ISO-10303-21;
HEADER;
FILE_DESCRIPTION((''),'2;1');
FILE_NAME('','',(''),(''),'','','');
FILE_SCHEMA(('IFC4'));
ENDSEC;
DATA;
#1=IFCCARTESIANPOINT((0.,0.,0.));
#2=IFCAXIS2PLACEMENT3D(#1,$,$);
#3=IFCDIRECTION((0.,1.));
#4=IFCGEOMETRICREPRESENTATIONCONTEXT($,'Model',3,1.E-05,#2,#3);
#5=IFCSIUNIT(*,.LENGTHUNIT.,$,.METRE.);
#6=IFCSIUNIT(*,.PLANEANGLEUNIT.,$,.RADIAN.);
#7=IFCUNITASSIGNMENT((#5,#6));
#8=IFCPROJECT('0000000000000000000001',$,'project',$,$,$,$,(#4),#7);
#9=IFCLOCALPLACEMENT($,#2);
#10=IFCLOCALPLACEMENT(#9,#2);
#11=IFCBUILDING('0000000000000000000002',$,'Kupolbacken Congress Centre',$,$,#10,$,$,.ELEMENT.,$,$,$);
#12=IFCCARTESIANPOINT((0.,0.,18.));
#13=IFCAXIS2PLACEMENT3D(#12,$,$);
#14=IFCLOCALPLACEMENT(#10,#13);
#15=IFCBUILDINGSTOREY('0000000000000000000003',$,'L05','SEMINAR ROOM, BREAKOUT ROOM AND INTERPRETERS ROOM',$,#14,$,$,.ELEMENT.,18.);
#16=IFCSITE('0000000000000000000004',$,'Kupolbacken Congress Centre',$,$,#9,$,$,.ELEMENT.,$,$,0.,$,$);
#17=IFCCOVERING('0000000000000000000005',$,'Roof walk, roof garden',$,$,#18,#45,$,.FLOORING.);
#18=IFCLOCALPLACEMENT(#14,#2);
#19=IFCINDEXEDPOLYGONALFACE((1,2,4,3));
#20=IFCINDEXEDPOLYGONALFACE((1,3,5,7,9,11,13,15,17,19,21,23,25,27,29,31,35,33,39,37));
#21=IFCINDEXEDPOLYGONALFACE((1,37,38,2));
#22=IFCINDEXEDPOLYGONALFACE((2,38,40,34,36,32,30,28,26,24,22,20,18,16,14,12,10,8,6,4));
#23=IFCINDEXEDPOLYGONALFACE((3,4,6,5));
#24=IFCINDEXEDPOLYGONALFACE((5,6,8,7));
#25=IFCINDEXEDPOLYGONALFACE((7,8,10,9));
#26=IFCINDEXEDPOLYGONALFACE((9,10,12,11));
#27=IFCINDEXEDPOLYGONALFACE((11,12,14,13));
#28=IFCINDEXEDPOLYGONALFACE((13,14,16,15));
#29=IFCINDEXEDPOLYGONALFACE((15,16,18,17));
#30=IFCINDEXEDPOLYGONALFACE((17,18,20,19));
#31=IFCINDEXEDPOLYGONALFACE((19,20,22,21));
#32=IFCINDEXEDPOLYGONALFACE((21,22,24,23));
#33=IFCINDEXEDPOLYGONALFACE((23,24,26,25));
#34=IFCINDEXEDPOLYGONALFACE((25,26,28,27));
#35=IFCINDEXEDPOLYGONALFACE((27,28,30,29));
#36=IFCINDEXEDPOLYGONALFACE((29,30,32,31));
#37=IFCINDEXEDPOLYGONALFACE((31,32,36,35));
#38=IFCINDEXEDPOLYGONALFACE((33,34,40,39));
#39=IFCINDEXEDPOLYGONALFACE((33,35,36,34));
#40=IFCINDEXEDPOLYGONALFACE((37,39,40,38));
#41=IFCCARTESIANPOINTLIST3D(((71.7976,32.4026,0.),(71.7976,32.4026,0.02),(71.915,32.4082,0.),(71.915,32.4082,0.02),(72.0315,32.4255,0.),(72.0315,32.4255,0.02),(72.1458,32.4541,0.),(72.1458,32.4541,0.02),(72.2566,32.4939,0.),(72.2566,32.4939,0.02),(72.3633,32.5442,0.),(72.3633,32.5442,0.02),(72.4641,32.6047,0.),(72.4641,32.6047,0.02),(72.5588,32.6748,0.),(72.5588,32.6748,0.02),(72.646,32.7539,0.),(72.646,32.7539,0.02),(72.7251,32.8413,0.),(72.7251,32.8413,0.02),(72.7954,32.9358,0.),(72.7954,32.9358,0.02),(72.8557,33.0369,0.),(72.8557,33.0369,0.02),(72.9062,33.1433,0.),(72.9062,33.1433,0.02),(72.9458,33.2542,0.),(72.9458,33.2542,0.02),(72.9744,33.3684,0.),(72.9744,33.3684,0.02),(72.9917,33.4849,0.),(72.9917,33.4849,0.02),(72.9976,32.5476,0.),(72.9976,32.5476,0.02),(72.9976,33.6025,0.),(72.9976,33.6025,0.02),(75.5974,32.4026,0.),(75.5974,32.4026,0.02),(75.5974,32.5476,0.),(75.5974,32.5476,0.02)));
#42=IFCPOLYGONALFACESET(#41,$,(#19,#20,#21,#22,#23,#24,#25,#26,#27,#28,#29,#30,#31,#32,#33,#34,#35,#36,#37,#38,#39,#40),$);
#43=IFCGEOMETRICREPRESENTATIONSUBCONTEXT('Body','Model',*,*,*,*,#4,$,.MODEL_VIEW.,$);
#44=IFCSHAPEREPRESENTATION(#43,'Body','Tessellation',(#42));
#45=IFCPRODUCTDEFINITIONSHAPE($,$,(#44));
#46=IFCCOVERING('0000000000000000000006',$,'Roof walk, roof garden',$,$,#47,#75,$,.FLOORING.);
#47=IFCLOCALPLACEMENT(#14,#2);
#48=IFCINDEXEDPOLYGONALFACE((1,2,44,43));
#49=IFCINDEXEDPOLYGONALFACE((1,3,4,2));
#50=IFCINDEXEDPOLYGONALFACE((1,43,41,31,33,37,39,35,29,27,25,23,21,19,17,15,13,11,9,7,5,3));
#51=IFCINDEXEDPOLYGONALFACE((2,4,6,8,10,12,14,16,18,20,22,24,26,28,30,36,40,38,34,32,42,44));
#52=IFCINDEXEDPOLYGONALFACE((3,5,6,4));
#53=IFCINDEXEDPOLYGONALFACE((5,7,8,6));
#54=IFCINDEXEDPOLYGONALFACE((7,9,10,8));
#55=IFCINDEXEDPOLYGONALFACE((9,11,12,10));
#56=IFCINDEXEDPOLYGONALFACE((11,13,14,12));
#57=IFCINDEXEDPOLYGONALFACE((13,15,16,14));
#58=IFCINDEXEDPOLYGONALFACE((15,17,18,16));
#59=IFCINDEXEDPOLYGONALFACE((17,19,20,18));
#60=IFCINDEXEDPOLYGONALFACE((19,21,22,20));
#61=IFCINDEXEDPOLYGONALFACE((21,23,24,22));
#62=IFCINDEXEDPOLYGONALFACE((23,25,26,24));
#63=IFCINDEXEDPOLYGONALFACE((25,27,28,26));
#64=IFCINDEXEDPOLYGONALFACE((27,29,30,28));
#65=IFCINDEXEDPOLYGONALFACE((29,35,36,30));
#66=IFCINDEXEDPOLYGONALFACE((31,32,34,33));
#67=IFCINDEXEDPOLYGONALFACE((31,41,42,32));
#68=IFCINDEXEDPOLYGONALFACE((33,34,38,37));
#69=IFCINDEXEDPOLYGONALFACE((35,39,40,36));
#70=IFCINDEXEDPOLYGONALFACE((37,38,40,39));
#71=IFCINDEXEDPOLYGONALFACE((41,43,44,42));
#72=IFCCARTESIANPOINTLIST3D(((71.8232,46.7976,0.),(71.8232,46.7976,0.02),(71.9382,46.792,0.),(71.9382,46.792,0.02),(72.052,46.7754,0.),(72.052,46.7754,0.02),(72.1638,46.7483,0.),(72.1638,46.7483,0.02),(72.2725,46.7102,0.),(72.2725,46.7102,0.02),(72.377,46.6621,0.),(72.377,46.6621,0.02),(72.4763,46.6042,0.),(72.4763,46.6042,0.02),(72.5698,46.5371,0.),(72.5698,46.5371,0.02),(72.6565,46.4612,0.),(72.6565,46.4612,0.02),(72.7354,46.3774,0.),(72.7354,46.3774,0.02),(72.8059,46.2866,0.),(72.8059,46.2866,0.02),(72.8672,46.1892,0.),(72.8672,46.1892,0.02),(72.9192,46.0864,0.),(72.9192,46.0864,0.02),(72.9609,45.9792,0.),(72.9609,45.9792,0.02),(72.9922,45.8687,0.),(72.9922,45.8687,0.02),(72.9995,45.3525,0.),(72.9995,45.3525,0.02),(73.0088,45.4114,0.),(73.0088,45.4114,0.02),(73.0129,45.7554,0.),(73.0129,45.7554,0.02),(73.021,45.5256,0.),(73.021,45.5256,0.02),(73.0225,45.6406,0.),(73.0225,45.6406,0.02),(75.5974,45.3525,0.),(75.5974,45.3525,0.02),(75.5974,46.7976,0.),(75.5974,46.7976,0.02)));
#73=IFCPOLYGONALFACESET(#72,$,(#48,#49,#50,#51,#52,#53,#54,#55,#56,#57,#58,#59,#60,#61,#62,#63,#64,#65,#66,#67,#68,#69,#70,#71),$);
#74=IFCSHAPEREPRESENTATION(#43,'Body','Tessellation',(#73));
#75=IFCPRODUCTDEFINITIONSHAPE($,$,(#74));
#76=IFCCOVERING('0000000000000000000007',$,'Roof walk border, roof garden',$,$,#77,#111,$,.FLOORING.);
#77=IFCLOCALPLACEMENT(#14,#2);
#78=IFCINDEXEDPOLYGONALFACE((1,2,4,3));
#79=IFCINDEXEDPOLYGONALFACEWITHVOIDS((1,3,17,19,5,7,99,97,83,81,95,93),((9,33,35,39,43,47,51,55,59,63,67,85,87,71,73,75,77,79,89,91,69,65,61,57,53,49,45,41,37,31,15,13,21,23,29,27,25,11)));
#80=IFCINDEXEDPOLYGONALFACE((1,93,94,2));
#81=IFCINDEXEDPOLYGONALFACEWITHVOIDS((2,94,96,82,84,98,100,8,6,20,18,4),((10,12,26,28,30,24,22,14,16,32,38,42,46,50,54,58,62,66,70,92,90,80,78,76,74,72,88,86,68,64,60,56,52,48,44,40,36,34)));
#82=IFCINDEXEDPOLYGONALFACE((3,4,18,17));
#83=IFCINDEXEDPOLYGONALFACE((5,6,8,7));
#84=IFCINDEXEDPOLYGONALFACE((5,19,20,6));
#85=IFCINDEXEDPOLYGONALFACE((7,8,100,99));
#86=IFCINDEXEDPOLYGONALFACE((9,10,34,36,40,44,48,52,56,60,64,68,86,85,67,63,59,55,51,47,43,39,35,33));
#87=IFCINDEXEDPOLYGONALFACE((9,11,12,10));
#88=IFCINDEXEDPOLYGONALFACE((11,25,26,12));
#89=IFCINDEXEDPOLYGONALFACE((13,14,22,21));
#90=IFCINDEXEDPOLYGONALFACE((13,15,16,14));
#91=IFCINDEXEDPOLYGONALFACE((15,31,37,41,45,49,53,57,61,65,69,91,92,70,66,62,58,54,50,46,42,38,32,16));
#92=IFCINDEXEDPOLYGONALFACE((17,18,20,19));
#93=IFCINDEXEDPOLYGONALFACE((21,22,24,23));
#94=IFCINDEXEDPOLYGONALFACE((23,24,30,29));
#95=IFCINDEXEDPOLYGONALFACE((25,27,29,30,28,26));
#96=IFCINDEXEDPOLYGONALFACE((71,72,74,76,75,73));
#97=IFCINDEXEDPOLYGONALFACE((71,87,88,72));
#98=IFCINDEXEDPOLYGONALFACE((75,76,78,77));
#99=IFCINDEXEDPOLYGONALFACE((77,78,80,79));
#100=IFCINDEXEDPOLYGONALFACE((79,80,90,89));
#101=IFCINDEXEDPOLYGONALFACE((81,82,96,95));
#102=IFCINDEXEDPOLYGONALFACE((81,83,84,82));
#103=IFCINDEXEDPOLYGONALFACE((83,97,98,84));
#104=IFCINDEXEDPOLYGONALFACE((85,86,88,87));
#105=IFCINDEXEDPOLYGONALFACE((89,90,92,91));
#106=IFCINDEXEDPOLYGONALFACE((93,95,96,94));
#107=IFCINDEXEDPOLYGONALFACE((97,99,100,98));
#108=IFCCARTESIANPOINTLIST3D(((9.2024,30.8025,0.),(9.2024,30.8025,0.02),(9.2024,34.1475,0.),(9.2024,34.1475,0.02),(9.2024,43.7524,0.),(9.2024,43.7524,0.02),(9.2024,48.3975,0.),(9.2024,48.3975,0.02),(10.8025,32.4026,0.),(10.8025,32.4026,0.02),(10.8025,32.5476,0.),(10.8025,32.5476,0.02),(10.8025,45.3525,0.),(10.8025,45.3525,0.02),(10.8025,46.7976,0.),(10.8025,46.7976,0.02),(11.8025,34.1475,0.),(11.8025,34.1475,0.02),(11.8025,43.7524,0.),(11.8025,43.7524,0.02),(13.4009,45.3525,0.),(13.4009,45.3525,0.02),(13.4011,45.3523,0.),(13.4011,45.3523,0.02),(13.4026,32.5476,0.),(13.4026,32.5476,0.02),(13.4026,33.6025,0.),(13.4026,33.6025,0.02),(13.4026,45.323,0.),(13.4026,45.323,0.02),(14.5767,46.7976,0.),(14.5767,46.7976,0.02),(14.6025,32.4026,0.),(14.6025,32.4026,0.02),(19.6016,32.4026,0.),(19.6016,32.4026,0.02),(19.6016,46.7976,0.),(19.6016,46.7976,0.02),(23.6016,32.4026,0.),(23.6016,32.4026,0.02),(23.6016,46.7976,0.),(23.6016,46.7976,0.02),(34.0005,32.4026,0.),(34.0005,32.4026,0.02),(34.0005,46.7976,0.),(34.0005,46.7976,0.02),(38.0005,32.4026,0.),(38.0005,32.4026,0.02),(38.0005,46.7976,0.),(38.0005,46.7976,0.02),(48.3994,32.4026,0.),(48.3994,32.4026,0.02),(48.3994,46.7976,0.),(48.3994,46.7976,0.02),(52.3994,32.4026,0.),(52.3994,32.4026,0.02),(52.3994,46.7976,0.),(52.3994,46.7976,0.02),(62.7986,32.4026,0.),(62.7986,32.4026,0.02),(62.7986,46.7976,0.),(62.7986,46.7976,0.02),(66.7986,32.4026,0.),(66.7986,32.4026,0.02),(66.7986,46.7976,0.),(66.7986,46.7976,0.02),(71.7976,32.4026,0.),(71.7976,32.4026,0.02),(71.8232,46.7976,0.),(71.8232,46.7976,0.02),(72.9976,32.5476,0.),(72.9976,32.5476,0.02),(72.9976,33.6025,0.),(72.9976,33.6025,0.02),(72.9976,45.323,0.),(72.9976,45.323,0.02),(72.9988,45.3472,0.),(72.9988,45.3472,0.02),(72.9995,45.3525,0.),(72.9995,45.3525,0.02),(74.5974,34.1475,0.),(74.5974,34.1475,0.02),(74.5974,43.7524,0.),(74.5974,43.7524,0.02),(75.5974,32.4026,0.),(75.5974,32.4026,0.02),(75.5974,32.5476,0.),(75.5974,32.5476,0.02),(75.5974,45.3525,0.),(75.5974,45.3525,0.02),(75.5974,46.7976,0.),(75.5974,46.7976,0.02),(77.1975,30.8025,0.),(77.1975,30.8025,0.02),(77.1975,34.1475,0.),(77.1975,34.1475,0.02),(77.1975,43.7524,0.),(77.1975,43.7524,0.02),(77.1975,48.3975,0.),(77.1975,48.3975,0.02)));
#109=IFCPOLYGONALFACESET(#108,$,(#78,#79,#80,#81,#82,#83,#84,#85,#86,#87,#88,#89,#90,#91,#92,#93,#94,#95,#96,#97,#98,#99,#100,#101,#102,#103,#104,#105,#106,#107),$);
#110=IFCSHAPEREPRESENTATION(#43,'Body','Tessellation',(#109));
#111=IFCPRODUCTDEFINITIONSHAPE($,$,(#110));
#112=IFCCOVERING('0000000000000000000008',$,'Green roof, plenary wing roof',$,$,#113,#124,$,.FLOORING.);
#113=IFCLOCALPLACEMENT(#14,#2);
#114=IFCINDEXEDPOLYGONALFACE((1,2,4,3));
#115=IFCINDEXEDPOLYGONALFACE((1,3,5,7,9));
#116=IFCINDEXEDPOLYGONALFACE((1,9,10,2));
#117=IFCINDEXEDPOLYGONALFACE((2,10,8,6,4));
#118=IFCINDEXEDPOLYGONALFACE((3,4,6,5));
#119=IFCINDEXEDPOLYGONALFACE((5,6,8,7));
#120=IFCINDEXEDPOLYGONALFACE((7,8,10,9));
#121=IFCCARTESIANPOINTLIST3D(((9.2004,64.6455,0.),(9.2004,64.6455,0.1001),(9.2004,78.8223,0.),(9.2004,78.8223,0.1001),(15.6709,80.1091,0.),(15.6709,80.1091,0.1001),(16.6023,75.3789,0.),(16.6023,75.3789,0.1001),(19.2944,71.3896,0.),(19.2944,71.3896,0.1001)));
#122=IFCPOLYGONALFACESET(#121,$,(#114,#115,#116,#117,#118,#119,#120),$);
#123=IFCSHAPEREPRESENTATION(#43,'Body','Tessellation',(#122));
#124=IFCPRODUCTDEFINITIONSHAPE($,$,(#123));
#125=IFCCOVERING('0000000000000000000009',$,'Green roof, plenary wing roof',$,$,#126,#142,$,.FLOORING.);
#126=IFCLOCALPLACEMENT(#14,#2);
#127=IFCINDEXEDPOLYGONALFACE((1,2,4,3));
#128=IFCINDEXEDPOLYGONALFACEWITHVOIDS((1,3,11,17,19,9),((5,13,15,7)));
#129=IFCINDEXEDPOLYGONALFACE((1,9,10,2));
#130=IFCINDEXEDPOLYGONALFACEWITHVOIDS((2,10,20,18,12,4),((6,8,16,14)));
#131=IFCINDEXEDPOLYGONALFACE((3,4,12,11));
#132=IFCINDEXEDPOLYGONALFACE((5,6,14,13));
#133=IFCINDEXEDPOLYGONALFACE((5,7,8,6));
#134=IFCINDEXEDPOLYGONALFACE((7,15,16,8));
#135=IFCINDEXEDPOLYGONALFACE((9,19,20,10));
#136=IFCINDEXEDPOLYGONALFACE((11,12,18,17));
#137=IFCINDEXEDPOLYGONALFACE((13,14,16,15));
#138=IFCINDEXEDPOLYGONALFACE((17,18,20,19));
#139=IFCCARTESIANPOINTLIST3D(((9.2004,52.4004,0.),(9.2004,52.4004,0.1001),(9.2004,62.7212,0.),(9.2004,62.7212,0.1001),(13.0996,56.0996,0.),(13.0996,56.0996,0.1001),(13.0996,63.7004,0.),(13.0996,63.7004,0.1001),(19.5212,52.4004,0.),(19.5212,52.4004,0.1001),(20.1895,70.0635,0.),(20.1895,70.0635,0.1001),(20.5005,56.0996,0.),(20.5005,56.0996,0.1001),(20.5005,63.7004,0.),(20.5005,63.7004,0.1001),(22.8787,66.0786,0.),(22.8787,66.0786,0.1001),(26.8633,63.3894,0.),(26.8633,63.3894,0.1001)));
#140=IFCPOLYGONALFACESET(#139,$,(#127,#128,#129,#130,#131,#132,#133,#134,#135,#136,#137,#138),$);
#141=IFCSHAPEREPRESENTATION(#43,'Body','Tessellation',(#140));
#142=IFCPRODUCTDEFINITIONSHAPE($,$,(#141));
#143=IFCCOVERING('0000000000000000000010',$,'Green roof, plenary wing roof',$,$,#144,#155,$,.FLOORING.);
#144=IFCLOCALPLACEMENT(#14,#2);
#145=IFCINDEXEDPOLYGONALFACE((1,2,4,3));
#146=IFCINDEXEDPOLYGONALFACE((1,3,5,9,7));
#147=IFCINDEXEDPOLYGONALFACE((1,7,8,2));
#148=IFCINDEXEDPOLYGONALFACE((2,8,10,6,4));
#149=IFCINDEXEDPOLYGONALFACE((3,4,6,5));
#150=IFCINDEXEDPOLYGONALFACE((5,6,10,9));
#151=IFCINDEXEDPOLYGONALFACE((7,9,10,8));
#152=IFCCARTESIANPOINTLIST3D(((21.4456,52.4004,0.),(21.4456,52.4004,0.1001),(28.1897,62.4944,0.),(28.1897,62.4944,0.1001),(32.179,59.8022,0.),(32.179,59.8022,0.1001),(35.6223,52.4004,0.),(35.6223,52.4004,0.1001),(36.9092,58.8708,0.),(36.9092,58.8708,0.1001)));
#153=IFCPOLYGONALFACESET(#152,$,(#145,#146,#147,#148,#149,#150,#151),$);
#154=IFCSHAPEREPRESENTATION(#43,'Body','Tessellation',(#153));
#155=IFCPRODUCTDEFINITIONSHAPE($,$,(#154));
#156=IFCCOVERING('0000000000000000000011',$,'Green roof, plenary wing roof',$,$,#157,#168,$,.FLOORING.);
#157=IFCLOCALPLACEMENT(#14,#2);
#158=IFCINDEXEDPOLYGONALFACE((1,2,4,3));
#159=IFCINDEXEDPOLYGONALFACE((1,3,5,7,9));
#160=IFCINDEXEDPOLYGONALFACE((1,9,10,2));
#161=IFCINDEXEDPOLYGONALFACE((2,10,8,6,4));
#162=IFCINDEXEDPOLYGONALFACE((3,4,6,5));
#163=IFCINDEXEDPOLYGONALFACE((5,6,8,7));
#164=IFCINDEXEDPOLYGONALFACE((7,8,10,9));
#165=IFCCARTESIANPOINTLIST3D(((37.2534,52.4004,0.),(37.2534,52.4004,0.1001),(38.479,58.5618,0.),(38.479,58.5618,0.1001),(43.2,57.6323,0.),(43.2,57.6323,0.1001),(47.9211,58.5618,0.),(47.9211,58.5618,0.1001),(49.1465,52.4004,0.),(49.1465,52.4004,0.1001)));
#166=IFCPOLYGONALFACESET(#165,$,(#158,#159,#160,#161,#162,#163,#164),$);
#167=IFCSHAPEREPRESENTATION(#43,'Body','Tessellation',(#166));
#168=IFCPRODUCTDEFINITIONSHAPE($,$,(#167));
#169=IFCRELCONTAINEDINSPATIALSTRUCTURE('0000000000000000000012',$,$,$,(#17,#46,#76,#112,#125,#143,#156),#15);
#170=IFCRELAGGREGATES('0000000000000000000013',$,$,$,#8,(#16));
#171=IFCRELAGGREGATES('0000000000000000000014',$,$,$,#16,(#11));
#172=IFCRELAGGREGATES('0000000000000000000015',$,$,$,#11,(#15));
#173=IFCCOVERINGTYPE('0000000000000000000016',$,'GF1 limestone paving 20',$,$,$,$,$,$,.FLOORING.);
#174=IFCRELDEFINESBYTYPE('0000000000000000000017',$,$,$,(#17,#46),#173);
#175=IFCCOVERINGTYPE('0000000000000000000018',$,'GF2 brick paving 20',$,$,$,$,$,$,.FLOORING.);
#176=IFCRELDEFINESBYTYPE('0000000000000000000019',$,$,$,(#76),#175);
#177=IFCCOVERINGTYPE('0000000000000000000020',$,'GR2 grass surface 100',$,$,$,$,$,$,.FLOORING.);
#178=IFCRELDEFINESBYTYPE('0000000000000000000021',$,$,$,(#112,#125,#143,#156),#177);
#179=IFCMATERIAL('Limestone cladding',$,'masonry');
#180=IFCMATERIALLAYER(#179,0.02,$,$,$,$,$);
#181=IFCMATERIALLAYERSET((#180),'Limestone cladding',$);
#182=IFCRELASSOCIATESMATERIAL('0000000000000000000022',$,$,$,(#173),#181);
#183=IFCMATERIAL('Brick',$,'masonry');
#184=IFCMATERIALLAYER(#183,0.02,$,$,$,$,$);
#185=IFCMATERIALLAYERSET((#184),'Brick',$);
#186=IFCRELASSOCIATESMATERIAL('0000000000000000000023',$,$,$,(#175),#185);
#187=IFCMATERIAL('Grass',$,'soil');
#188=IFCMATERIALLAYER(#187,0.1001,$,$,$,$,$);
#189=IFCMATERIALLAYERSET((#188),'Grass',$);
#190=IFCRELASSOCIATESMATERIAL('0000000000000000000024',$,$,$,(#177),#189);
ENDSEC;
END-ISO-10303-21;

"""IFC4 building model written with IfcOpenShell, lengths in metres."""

from ifc_helpers import new_model, si_unit, direction, frame, origin, place, context, subcontext, project, spatial, polyline, outline, extrude, material, layer, layer_set, type_object, element, save


model = new_model("IFC4")

# Units and contexts
model_context = context("Model", 3, precision=1e-05, world=origin(), true_north=direction((0.0, 1.0)))
body_context = subcontext(model_context, "Body", "Model", "MODEL_VIEW")
ifc_project = project(units=[si_unit("LENGTHUNIT", "METRE"), si_unit("PLANEANGLEUNIT", "RADIAN")], contexts=[model_context])

# Site, building, storey
site_placement = place(None, origin())
site = spatial("IfcSite", under=ifc_project, at=site_placement, Name="Kupolbacken Congress Centre", CompositionType="ELEMENT", RefElevation=0.0)
building_placement = place(site_placement, origin())
building = spatial("IfcBuilding", under=site, at=building_placement, Name="Kupolbacken Congress Centre", CompositionType="ELEMENT")
storey_placement = place(building_placement, frame((0.0, 0.0, 18.0)))
storey = spatial("IfcBuildingStorey", under=building, at=storey_placement, Name="L05", Description="SEMINAR ROOM, BREAKOUT ROOM AND INTERPRETERS ROOM", CompositionType="ELEMENT", Elevation=18.0)

# Coverings
ifc_material_1 = material(Name="Limestone cladding", Category="masonry")
ifc_layer_1 = layer(ifc_material_1, 0.02)
ifc_layer_set_1 = layer_set([ifc_layer_1], Name="Limestone cladding")
covering_type_1 = type_object("IfcCoveringType", Name="GF1 limestone paving 20", PredefinedType="FLOORING", material=ifc_layer_set_1)
covering_1_placement = place(storey_placement, origin())
element("IfcCovering", 1, at=covering_1_placement, inside=storey, type_object=covering_type_1, Name="Roof walk, roof garden", PredefinedType="FLOORING", context=body_context, shape_type="SweptSolid", body=[
    extrude(outline(polyline([(72.9917, 33.4849), (72.9976, 33.6025), (72.9976, 32.5476), (75.5974, 32.5476), (75.5974, 32.4026), (71.7976, 32.4026), (71.915, 32.4082), (72.0315, 32.4255), (72.1458, 32.4541), (72.2566, 32.4939), (72.3633, 32.5442), (72.4641, 32.6047), (72.5588, 32.6748), (72.646, 32.7539), (72.7251, 32.8413), (72.7954, 32.9358), (72.8557, 33.0369), (72.9062, 33.1433), (72.9458, 33.2542), (72.9744, 33.3684), (72.9917, 33.4849)])), origin(), (0.0, 0.0, 1.0), 0.02),
])
covering_2_placement = place(storey_placement, origin())
element("IfcCovering", 2, at=covering_2_placement, inside=storey, type_object=covering_type_1, Name="Roof walk, roof garden", PredefinedType="FLOORING", context=body_context, shape_type="SweptSolid", body=[
    extrude(outline(polyline([(73.0088, 45.4114), (73.021, 45.5256), (73.0225, 45.6406), (73.0129, 45.7554), (72.9922, 45.8687), (72.9609, 45.9792), (72.9192, 46.0864), (72.8672, 46.1892), (72.8059, 46.2866), (72.7354, 46.3774), (72.6565, 46.4612), (72.5698, 46.5371), (72.4763, 46.6042), (72.377, 46.6621), (72.2725, 46.7102), (72.1638, 46.7483), (72.052, 46.7754), (71.9382, 46.792), (71.8232, 46.7976), (75.5974, 46.7976), (75.5974, 45.3525), (72.9995, 45.3525), (73.0088, 45.4114)])), origin(), (0.0, 0.0, 1.0), 0.02),
])
ifc_material_2 = material(Name="Brick", Category="masonry")
ifc_layer_2 = layer(ifc_material_2, 0.02)
ifc_layer_set_2 = layer_set([ifc_layer_2], Name="Brick")
covering_type_2 = type_object("IfcCoveringType", Name="GF2 brick paving 20", PredefinedType="FLOORING", material=ifc_layer_set_2)
covering_3_placement = place(storey_placement, origin())
element("IfcCovering", 3, at=covering_3_placement, inside=storey, type_object=covering_type_2, Name="Roof walk border, roof garden", PredefinedType="FLOORING", context=body_context, shape_type="SweptSolid", body=[
    extrude(outline(polyline([(11.8025, 34.1475), (11.8025, 43.7524), (9.2024, 43.7524), (9.2024, 48.3975), (77.1975, 48.3975), (77.1975, 43.7524), (74.5974, 43.7524), (74.5974, 34.1475), (77.1975, 34.1475), (77.1975, 30.8025), (9.2024, 30.8025), (9.2024, 34.1475), (11.8025, 34.1475)]), holes=[polyline([(75.5974, 32.5476), (72.9976, 32.5476), (72.9976, 33.6025), (72.9976, 45.323), (72.9988, 45.3472), (72.9995, 45.3525), (75.5974, 45.3525), (75.5974, 46.7976), (71.8232, 46.7976), (66.7986, 46.7976), (62.7986, 46.7976), (52.3994, 46.7976), (48.3994, 46.7976), (38.0005, 46.7976), (34.0005, 46.7976), (23.6016, 46.7976), (19.6016, 46.7976), (14.5767, 46.7976), (10.8025, 46.7976), (10.8025, 45.3525), (13.4009, 45.3525), (13.4011, 45.3523), (13.4026, 45.323), (13.4026, 33.6025), (13.4026, 32.5476), (10.8025, 32.5476), (10.8025, 32.4026), (14.6025, 32.4026), (19.6016, 32.4026), (23.6016, 32.4026), (34.0005, 32.4026), (38.0005, 32.4026), (48.3994, 32.4026), (52.3994, 32.4026), (62.7986, 32.4026), (66.7986, 32.4026), (71.7976, 32.4026), (75.5974, 32.4026), (75.5974, 32.5476)])]), origin(), (0.0, 0.0, 1.0), 0.02),
])
ifc_material_3 = material(Name="Grass", Category="soil")
ifc_layer_3 = layer(ifc_material_3, 0.1001)
ifc_layer_set_3 = layer_set([ifc_layer_3], Name="Grass")
covering_type_3 = type_object("IfcCoveringType", Name="GR2 grass surface 100", PredefinedType="FLOORING", material=ifc_layer_set_3)
covering_4_placement = place(storey_placement, origin())
element("IfcCovering", 4, at=covering_4_placement, inside=storey, type_object=covering_type_3, Name="Green roof, plenary wing roof", PredefinedType="FLOORING", context=body_context, shape_type="SweptSolid", body=[
    extrude(outline(polyline([(9.2004, 64.6455), (9.2004, 78.8223), (15.6709, 80.1091), (16.6023, 75.3789), (19.2944, 71.3896), (9.2004, 64.6455)])), origin(), (0.0, 0.0, 1.0), 0.1001),
])
covering_5_placement = place(storey_placement, origin())
element("IfcCovering", 5, at=covering_5_placement, inside=storey, type_object=covering_type_3, Name="Green roof, plenary wing roof", PredefinedType="FLOORING", context=body_context, shape_type="SweptSolid", body=[
    extrude(outline(polyline([(19.5212, 52.4004), (9.2004, 52.4004), (9.2004, 62.7212), (20.1895, 70.0635), (22.8787, 66.0786), (26.8633, 63.3894), (19.5212, 52.4004)]), holes=[polyline([(13.0996, 63.7004), (13.0996, 56.0996), (20.5005, 56.0996), (20.5005, 63.7004), (13.0996, 63.7004)])]), origin(), (0.0, 0.0, 1.0), 0.1001),
])
covering_6_placement = place(storey_placement, origin())
element("IfcCovering", 6, at=covering_6_placement, inside=storey, type_object=covering_type_3, Name="Green roof, plenary wing roof", PredefinedType="FLOORING", context=body_context, shape_type="SweptSolid", body=[
    extrude(outline(polyline([(35.6223, 52.4004), (21.4456, 52.4004), (28.1897, 62.4944), (32.179, 59.8022), (36.9092, 58.8708), (35.6223, 52.4004)])), origin(), (0.0, 0.0, 1.0), 0.1001),
])
covering_7_placement = place(storey_placement, origin())
element("IfcCovering", 7, at=covering_7_placement, inside=storey, type_object=covering_type_3, Name="Green roof, plenary wing roof", PredefinedType="FLOORING", context=body_context, shape_type="SweptSolid", body=[
    extrude(outline(polyline([(49.1465, 52.4004), (37.2534, 52.4004), (38.479, 58.5618), (43.2, 57.6323), (47.9211, 58.5618), (49.1465, 52.4004)])), origin(), (0.0, 0.0, 1.0), 0.1001),
])

save(model, "model.ifc")
